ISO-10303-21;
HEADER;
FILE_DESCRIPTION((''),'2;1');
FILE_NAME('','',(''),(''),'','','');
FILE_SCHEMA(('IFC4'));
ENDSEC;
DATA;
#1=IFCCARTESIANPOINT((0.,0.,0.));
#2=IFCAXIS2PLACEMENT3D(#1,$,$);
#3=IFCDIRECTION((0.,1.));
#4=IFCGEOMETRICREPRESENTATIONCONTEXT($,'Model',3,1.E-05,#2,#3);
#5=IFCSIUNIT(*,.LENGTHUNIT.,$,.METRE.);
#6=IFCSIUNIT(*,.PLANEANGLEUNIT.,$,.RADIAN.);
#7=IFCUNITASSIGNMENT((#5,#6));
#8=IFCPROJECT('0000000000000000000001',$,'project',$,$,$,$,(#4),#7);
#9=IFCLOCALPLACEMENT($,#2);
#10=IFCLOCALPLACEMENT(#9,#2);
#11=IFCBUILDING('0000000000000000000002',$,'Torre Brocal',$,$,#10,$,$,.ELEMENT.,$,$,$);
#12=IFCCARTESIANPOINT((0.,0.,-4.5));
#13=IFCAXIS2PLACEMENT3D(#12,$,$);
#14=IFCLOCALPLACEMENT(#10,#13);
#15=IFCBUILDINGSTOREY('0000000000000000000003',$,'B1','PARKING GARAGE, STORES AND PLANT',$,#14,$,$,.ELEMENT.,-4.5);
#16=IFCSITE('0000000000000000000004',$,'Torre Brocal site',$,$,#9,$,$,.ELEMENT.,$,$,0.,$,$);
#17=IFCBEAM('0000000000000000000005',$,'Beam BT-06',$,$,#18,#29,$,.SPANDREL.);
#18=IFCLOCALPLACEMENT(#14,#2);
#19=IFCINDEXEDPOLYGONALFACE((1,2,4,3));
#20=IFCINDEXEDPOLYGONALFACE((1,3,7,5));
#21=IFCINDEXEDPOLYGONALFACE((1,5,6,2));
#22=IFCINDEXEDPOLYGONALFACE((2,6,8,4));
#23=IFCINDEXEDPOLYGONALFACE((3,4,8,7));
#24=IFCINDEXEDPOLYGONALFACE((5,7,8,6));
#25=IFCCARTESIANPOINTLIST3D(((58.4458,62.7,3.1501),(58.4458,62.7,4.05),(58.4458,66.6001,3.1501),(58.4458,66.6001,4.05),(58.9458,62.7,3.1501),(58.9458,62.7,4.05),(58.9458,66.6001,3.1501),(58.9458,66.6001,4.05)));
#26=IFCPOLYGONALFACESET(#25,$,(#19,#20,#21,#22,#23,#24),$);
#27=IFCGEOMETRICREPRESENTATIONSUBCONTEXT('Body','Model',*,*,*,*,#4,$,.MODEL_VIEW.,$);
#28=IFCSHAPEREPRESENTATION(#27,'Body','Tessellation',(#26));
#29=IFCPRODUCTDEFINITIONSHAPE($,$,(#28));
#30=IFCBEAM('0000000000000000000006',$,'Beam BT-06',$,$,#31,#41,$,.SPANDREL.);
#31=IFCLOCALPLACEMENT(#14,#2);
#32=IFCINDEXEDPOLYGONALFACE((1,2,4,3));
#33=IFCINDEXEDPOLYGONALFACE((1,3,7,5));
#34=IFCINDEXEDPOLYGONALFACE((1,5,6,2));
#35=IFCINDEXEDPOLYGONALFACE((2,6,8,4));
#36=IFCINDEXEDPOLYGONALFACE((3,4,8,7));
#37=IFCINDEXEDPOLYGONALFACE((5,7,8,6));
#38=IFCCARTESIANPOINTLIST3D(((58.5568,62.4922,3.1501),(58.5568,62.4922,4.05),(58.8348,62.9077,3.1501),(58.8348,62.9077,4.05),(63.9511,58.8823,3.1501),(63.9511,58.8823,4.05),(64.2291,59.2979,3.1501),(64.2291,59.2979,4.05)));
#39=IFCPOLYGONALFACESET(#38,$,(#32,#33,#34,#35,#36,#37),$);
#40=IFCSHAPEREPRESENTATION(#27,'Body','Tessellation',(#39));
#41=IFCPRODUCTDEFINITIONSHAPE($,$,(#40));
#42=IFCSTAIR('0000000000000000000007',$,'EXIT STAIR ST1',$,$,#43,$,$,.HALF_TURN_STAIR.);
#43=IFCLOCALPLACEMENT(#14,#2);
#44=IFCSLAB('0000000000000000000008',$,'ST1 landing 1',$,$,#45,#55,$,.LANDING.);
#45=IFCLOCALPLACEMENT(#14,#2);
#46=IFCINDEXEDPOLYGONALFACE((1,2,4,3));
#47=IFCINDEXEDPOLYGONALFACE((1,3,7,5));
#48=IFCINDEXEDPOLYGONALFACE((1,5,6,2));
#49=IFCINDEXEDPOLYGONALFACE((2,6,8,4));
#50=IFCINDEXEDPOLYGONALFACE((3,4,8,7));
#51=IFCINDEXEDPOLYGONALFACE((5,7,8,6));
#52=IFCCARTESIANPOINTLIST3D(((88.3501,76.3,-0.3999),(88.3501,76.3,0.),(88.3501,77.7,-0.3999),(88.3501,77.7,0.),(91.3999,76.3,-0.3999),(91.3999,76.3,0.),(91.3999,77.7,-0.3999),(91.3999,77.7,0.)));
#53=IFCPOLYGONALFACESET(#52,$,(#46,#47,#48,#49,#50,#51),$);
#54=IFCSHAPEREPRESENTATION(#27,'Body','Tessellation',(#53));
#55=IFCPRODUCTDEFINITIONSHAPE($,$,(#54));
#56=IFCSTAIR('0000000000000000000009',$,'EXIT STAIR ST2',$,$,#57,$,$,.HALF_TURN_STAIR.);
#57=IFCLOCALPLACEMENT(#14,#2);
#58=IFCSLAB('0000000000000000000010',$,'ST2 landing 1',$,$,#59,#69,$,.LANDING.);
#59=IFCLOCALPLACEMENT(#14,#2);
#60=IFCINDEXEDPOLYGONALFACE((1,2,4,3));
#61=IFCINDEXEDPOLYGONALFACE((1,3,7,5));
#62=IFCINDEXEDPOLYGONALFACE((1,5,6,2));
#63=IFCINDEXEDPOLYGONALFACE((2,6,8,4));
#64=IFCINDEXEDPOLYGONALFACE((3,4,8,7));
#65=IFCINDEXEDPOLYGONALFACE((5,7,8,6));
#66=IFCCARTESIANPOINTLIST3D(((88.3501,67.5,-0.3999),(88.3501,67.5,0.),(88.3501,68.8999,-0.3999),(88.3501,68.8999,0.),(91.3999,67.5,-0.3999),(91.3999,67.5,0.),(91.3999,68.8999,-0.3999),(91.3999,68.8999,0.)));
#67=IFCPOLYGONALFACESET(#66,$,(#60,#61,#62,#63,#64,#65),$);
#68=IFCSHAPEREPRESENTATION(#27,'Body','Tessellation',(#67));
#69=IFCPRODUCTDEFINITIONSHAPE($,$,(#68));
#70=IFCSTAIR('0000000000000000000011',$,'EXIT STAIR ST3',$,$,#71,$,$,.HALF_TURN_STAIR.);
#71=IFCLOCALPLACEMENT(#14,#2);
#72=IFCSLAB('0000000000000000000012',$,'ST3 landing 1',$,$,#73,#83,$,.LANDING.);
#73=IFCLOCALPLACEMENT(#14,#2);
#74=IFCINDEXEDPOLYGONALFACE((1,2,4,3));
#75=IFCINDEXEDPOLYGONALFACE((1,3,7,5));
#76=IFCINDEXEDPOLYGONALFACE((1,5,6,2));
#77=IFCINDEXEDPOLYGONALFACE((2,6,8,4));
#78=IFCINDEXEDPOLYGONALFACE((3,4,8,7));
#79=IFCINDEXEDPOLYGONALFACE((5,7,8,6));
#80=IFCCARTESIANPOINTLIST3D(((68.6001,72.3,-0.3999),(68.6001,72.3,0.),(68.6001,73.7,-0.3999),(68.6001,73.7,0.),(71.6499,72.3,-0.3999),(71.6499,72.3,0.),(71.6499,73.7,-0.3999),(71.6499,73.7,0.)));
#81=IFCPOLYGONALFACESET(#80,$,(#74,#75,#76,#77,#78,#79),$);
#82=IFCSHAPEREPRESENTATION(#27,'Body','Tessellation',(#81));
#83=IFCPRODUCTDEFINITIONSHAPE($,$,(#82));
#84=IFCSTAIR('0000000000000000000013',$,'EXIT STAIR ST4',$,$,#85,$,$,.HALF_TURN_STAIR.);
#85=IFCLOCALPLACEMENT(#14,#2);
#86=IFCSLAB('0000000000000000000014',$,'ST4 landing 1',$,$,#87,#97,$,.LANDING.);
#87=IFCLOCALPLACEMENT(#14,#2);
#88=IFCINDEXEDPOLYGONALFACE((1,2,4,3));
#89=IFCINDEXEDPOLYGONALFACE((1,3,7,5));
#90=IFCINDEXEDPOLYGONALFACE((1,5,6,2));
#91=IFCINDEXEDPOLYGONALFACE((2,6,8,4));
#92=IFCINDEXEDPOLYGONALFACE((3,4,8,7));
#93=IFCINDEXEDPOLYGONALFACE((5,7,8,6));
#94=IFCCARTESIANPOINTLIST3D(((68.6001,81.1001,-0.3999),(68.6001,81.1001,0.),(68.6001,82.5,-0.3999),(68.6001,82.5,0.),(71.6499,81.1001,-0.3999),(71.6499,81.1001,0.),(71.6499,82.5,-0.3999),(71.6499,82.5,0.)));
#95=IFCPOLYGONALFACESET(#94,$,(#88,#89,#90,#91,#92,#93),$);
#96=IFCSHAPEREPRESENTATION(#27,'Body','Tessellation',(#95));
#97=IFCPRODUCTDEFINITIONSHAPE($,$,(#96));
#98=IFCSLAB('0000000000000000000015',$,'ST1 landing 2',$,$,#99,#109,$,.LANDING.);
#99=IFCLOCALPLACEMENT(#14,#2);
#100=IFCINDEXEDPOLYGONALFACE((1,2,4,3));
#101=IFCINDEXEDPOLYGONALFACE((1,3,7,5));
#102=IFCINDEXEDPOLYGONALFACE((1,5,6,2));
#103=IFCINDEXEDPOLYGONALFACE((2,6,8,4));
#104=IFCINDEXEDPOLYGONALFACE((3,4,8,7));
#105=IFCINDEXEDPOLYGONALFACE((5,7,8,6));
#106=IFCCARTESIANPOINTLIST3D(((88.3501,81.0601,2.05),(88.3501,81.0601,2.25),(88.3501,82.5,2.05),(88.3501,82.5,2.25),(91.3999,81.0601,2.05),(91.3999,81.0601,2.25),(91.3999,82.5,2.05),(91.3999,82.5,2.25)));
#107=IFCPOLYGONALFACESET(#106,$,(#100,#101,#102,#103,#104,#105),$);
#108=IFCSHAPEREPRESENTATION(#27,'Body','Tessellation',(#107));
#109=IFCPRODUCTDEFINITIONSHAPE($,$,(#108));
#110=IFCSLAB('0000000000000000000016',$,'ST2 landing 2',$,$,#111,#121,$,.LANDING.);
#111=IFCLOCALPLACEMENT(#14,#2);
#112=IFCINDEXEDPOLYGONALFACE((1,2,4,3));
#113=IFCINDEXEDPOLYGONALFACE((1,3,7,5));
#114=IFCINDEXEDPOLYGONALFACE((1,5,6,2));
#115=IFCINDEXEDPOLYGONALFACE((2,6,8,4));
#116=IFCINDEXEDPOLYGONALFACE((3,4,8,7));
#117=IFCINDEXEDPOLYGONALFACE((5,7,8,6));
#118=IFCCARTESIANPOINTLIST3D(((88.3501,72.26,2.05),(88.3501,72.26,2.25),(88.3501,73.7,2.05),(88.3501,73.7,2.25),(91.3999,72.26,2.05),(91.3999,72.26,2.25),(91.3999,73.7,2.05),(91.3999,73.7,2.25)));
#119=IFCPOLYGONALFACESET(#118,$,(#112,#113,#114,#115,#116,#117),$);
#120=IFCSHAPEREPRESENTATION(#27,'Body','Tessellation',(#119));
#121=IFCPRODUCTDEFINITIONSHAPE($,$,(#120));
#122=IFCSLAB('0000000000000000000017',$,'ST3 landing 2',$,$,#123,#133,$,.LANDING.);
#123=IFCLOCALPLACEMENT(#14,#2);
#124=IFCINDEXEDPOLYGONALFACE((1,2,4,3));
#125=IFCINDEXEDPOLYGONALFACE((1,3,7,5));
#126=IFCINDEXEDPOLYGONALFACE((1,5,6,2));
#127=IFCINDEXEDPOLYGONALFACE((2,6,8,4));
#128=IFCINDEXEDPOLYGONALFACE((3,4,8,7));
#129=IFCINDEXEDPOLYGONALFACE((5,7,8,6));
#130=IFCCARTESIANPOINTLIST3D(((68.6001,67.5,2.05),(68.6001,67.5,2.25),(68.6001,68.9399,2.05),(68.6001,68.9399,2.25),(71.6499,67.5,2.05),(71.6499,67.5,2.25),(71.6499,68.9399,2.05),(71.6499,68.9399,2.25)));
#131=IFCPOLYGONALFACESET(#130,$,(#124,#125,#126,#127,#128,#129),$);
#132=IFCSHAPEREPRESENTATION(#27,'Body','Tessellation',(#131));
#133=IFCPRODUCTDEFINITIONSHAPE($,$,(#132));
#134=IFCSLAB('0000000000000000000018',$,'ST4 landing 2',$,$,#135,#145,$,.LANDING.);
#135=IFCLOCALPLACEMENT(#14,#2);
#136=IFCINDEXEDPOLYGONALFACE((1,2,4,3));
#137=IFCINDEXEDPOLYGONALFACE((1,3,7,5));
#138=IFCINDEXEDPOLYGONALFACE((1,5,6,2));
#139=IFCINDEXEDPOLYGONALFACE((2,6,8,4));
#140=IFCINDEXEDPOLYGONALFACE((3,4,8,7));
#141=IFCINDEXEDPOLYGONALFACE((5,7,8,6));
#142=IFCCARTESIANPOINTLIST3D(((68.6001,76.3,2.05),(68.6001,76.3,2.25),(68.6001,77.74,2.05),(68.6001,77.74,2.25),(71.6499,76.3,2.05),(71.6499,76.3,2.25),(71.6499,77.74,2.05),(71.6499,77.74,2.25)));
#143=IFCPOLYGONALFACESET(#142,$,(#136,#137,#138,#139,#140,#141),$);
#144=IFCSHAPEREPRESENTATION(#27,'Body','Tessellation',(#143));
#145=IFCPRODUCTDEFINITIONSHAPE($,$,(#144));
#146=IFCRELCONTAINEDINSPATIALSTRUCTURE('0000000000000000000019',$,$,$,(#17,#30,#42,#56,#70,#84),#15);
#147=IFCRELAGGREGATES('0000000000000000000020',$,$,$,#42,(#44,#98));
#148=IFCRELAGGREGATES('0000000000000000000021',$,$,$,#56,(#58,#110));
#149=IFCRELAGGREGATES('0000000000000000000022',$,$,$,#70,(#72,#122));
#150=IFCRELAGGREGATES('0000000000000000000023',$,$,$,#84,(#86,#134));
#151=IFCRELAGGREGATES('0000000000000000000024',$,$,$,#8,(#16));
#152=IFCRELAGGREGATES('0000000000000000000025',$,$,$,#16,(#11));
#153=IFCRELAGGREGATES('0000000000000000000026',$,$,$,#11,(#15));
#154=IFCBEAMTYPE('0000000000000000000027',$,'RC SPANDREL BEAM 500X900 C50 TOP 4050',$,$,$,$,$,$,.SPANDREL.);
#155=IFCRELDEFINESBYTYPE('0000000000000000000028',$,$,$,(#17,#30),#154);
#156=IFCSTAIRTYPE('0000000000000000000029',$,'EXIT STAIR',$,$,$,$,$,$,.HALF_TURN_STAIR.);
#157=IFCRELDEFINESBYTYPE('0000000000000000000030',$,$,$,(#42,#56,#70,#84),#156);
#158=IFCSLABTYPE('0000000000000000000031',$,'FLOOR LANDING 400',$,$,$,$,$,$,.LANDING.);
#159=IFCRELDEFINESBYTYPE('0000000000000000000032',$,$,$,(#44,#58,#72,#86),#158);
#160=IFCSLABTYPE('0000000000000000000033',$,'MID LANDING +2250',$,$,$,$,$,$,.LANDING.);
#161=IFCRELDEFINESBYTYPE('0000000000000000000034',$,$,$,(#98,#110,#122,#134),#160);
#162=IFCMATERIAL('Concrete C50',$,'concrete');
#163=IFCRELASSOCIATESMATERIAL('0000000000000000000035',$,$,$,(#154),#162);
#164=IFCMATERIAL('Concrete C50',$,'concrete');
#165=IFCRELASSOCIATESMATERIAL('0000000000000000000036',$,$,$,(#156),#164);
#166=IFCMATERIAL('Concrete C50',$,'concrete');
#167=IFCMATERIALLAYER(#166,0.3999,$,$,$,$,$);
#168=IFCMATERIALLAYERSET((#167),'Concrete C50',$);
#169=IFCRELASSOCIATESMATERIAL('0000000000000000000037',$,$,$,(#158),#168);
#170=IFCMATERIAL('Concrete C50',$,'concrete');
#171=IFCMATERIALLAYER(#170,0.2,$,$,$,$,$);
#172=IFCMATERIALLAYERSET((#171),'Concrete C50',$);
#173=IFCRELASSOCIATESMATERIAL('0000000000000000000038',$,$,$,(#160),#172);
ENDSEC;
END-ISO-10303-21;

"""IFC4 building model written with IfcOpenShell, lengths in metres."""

from ifc_helpers import new_model, si_unit, direction, frame, origin, origin_2d, place, context, subcontext, project, spatial, polyline, rectangle, outline, extrude, material, layer, layer_set, material_profile, profile_set, type_object, element, aggregate, save


model = new_model("IFC4")

# Units and contexts
model_context = context("Model", 3, precision=1e-05, world=origin(), true_north=direction((0.0, 1.0)))
body_context = subcontext(model_context, "Body", "Model", "MODEL_VIEW")
ifc_project = project(units=[si_unit("LENGTHUNIT", "METRE"), si_unit("PLANEANGLEUNIT", "RADIAN")], contexts=[model_context])

# Site, building, storey
site_placement = place(None, origin())
site = spatial("IfcSite", under=ifc_project, at=site_placement, Name="Torre Brocal site", CompositionType="ELEMENT", RefElevation=0.0)
building_placement = place(site_placement, origin())
building = spatial("IfcBuilding", under=site, at=building_placement, Name="Torre Brocal", CompositionType="ELEMENT")
storey_placement = place(building_placement, frame((0.0, 0.0, -4.5)))
storey = spatial("IfcBuildingStorey", under=building, at=storey_placement, Name="B1", Description="PARKING GARAGE, STORES AND PLANT", CompositionType="ELEMENT", Elevation=-4.5)

# Beams
ifc_material_1 = material(Name="Concrete C50", Category="concrete")
ifc_material_profile_1 = material_profile(ifc_material_1, rectangle(XDim=0.5, YDim=0.8999, at=origin_2d()), Name="RC 500X900")
ifc_profile_set_1 = profile_set([ifc_material_profile_1], Name="Concrete C50")
beam_type_1 = type_object("IfcBeamType", Name="RC SPANDREL BEAM 500X900 C50 TOP 4050", PredefinedType="SPANDREL", material=ifc_profile_set_1)
beam_1_placement = place(storey_placement, frame((58.6958, 62.7, 3.6001), z_axis=(0.0, 1.0, 0.0), x_axis=(-1.0, 0.0, 0.0)))
element("IfcBeam", 1, at=beam_1_placement, inside=storey, type_object=beam_type_1, Name="Beam BT-06", PredefinedType="SPANDREL", context=body_context, shape_type="SweptSolid", body=[
    extrude(rectangle(XDim=0.5, YDim=0.8999, at=origin_2d()), origin(), (0.0, 0.0, 1.0), 3.9001),
])
beam_2_placement = place(storey_placement, frame((58.6958, 62.7, 3.6001), z_axis=(0.831077, -0.556158, 0.0), x_axis=(0.556158, 0.831077, 0.0)))
element("IfcBeam", 2, at=beam_2_placement, inside=storey, type_object=beam_type_1, Name="Beam BT-06", PredefinedType="SPANDREL", context=body_context, shape_type="SweptSolid", body=[
    extrude(rectangle(XDim=0.5, YDim=0.8999, at=origin_2d()), origin(), (0.0, 0.0, 1.0), 6.4907),
])

# Stairs, slabs
ifc_material_2 = material(Name="Concrete C50", Category="concrete")
stair_type = type_object("IfcStairType", Name="EXIT STAIR", PredefinedType="HALF_TURN_STAIR", material=ifc_material_2)
stair_1_placement = place(storey_placement, origin())
stair_1 = element("IfcStair", 3, at=stair_1_placement, inside=storey, type_object=stair_type, Name="EXIT STAIR ST1", PredefinedType="HALF_TURN_STAIR")
ifc_material_3 = material(Name="Concrete C50", Category="concrete")
ifc_layer_1 = layer(ifc_material_3, 0.3999)
ifc_layer_set_1 = layer_set([ifc_layer_1], Name="Concrete C50")
slab_type_1 = type_object("IfcSlabType", Name="FLOOR LANDING 400", PredefinedType="LANDING", material=ifc_layer_set_1)
slab_1_placement = place(storey_placement, frame((0.0, 0.0, -0.3999)))
slab_1 = element("IfcSlab", 4, at=slab_1_placement, type_object=slab_type_1, Name="ST1 landing 1", PredefinedType="LANDING", context=body_context, shape_type="SweptSolid", body=[
    extrude(outline(polyline([(88.3501, 76.3), (91.3999, 76.3), (91.3999, 77.7), (88.3501, 77.7), (88.3501, 76.3)])), origin(), (0.0, 0.0, 1.0), 0.3999),
])
stair_2_placement = place(storey_placement, origin())
stair_2 = element("IfcStair", 5, at=stair_2_placement, inside=storey, type_object=stair_type, Name="EXIT STAIR ST2", PredefinedType="HALF_TURN_STAIR")
slab_2_placement = place(storey_placement, frame((0.0, 0.0, -0.3999)))
slab_2 = element("IfcSlab", 6, at=slab_2_placement, type_object=slab_type_1, Name="ST2 landing 1", PredefinedType="LANDING", context=body_context, shape_type="SweptSolid", body=[
    extrude(outline(polyline([(88.3501, 67.5), (91.3999, 67.5), (91.3999, 68.8999), (88.3501, 68.8999), (88.3501, 67.5)])), origin(), (0.0, 0.0, 1.0), 0.3999),
])
stair_3_placement = place(storey_placement, origin())
stair_3 = element("IfcStair", 7, at=stair_3_placement, inside=storey, type_object=stair_type, Name="EXIT STAIR ST3", PredefinedType="HALF_TURN_STAIR")
slab_3_placement = place(storey_placement, frame((0.0, 0.0, -0.3999)))
slab_3 = element("IfcSlab", 8, at=slab_3_placement, type_object=slab_type_1, Name="ST3 landing 1", PredefinedType="LANDING", context=body_context, shape_type="SweptSolid", body=[
    extrude(outline(polyline([(71.6499, 73.7), (68.6001, 73.7), (68.6001, 72.3), (71.6499, 72.3), (71.6499, 73.7)])), origin(), (0.0, 0.0, 1.0), 0.3999),
])
stair_4_placement = place(storey_placement, origin())
stair_4 = element("IfcStair", 9, at=stair_4_placement, inside=storey, type_object=stair_type, Name="EXIT STAIR ST4", PredefinedType="HALF_TURN_STAIR")
slab_4_placement = place(storey_placement, frame((0.0, 0.0, -0.3999)))
slab_4 = element("IfcSlab", 10, at=slab_4_placement, type_object=slab_type_1, Name="ST4 landing 1", PredefinedType="LANDING", context=body_context, shape_type="SweptSolid", body=[
    extrude(outline(polyline([(71.6499, 82.5), (68.6001, 82.5), (68.6001, 81.1001), (71.6499, 81.1001), (71.6499, 82.5)])), origin(), (0.0, 0.0, 1.0), 0.3999),
])

# Slabs
ifc_material_4 = material(Name="Concrete C50", Category="concrete")
ifc_layer_2 = layer(ifc_material_4, 0.2)
ifc_layer_set_2 = layer_set([ifc_layer_2], Name="Concrete C50")
slab_type_2 = type_object("IfcSlabType", Name="MID LANDING +2250", PredefinedType="LANDING", material=ifc_layer_set_2)
slab_5_placement = place(storey_placement, frame((0.0, 0.0, 2.05)))
slab_5 = element("IfcSlab", 11, at=slab_5_placement, type_object=slab_type_2, Name="ST1 landing 2", PredefinedType="LANDING", context=body_context, shape_type="SweptSolid", body=[
    extrude(outline(polyline([(88.3501, 81.0601), (91.3999, 81.0601), (91.3999, 82.5), (88.3501, 82.5), (88.3501, 81.0601)])), origin(), (0.0, 0.0, 1.0), 0.2),
])
aggregate(stair_1, [slab_1, slab_5])
slab_6_placement = place(storey_placement, frame((0.0, 0.0, 2.05)))
slab_6 = element("IfcSlab", 12, at=slab_6_placement, type_object=slab_type_2, Name="ST2 landing 2", PredefinedType="LANDING", context=body_context, shape_type="SweptSolid", body=[
    extrude(outline(polyline([(88.3501, 72.26), (91.3999, 72.26), (91.3999, 73.7), (88.3501, 73.7), (88.3501, 72.26)])), origin(), (0.0, 0.0, 1.0), 0.2),
])
aggregate(stair_2, [slab_2, slab_6])
slab_7_placement = place(storey_placement, frame((0.0, 0.0, 2.05)))
slab_7 = element("IfcSlab", 13, at=slab_7_placement, type_object=slab_type_2, Name="ST3 landing 2", PredefinedType="LANDING", context=body_context, shape_type="SweptSolid", body=[
    extrude(outline(polyline([(71.6499, 68.9399), (68.6001, 68.9399), (68.6001, 67.5), (71.6499, 67.5), (71.6499, 68.9399)])), origin(), (0.0, 0.0, 1.0), 0.2),
])
aggregate(stair_3, [slab_3, slab_7])
slab_8_placement = place(storey_placement, frame((0.0, 0.0, 2.05)))
slab_8 = element("IfcSlab", 14, at=slab_8_placement, type_object=slab_type_2, Name="ST4 landing 2", PredefinedType="LANDING", context=body_context, shape_type="SweptSolid", body=[
    extrude(outline(polyline([(71.6499, 77.74), (68.6001, 77.74), (68.6001, 76.3), (71.6499, 76.3), (71.6499, 77.74)])), origin(), (0.0, 0.0, 1.0), 0.2),
])
aggregate(stair_4, [slab_4, slab_8])

save(model, "model.ifc")
